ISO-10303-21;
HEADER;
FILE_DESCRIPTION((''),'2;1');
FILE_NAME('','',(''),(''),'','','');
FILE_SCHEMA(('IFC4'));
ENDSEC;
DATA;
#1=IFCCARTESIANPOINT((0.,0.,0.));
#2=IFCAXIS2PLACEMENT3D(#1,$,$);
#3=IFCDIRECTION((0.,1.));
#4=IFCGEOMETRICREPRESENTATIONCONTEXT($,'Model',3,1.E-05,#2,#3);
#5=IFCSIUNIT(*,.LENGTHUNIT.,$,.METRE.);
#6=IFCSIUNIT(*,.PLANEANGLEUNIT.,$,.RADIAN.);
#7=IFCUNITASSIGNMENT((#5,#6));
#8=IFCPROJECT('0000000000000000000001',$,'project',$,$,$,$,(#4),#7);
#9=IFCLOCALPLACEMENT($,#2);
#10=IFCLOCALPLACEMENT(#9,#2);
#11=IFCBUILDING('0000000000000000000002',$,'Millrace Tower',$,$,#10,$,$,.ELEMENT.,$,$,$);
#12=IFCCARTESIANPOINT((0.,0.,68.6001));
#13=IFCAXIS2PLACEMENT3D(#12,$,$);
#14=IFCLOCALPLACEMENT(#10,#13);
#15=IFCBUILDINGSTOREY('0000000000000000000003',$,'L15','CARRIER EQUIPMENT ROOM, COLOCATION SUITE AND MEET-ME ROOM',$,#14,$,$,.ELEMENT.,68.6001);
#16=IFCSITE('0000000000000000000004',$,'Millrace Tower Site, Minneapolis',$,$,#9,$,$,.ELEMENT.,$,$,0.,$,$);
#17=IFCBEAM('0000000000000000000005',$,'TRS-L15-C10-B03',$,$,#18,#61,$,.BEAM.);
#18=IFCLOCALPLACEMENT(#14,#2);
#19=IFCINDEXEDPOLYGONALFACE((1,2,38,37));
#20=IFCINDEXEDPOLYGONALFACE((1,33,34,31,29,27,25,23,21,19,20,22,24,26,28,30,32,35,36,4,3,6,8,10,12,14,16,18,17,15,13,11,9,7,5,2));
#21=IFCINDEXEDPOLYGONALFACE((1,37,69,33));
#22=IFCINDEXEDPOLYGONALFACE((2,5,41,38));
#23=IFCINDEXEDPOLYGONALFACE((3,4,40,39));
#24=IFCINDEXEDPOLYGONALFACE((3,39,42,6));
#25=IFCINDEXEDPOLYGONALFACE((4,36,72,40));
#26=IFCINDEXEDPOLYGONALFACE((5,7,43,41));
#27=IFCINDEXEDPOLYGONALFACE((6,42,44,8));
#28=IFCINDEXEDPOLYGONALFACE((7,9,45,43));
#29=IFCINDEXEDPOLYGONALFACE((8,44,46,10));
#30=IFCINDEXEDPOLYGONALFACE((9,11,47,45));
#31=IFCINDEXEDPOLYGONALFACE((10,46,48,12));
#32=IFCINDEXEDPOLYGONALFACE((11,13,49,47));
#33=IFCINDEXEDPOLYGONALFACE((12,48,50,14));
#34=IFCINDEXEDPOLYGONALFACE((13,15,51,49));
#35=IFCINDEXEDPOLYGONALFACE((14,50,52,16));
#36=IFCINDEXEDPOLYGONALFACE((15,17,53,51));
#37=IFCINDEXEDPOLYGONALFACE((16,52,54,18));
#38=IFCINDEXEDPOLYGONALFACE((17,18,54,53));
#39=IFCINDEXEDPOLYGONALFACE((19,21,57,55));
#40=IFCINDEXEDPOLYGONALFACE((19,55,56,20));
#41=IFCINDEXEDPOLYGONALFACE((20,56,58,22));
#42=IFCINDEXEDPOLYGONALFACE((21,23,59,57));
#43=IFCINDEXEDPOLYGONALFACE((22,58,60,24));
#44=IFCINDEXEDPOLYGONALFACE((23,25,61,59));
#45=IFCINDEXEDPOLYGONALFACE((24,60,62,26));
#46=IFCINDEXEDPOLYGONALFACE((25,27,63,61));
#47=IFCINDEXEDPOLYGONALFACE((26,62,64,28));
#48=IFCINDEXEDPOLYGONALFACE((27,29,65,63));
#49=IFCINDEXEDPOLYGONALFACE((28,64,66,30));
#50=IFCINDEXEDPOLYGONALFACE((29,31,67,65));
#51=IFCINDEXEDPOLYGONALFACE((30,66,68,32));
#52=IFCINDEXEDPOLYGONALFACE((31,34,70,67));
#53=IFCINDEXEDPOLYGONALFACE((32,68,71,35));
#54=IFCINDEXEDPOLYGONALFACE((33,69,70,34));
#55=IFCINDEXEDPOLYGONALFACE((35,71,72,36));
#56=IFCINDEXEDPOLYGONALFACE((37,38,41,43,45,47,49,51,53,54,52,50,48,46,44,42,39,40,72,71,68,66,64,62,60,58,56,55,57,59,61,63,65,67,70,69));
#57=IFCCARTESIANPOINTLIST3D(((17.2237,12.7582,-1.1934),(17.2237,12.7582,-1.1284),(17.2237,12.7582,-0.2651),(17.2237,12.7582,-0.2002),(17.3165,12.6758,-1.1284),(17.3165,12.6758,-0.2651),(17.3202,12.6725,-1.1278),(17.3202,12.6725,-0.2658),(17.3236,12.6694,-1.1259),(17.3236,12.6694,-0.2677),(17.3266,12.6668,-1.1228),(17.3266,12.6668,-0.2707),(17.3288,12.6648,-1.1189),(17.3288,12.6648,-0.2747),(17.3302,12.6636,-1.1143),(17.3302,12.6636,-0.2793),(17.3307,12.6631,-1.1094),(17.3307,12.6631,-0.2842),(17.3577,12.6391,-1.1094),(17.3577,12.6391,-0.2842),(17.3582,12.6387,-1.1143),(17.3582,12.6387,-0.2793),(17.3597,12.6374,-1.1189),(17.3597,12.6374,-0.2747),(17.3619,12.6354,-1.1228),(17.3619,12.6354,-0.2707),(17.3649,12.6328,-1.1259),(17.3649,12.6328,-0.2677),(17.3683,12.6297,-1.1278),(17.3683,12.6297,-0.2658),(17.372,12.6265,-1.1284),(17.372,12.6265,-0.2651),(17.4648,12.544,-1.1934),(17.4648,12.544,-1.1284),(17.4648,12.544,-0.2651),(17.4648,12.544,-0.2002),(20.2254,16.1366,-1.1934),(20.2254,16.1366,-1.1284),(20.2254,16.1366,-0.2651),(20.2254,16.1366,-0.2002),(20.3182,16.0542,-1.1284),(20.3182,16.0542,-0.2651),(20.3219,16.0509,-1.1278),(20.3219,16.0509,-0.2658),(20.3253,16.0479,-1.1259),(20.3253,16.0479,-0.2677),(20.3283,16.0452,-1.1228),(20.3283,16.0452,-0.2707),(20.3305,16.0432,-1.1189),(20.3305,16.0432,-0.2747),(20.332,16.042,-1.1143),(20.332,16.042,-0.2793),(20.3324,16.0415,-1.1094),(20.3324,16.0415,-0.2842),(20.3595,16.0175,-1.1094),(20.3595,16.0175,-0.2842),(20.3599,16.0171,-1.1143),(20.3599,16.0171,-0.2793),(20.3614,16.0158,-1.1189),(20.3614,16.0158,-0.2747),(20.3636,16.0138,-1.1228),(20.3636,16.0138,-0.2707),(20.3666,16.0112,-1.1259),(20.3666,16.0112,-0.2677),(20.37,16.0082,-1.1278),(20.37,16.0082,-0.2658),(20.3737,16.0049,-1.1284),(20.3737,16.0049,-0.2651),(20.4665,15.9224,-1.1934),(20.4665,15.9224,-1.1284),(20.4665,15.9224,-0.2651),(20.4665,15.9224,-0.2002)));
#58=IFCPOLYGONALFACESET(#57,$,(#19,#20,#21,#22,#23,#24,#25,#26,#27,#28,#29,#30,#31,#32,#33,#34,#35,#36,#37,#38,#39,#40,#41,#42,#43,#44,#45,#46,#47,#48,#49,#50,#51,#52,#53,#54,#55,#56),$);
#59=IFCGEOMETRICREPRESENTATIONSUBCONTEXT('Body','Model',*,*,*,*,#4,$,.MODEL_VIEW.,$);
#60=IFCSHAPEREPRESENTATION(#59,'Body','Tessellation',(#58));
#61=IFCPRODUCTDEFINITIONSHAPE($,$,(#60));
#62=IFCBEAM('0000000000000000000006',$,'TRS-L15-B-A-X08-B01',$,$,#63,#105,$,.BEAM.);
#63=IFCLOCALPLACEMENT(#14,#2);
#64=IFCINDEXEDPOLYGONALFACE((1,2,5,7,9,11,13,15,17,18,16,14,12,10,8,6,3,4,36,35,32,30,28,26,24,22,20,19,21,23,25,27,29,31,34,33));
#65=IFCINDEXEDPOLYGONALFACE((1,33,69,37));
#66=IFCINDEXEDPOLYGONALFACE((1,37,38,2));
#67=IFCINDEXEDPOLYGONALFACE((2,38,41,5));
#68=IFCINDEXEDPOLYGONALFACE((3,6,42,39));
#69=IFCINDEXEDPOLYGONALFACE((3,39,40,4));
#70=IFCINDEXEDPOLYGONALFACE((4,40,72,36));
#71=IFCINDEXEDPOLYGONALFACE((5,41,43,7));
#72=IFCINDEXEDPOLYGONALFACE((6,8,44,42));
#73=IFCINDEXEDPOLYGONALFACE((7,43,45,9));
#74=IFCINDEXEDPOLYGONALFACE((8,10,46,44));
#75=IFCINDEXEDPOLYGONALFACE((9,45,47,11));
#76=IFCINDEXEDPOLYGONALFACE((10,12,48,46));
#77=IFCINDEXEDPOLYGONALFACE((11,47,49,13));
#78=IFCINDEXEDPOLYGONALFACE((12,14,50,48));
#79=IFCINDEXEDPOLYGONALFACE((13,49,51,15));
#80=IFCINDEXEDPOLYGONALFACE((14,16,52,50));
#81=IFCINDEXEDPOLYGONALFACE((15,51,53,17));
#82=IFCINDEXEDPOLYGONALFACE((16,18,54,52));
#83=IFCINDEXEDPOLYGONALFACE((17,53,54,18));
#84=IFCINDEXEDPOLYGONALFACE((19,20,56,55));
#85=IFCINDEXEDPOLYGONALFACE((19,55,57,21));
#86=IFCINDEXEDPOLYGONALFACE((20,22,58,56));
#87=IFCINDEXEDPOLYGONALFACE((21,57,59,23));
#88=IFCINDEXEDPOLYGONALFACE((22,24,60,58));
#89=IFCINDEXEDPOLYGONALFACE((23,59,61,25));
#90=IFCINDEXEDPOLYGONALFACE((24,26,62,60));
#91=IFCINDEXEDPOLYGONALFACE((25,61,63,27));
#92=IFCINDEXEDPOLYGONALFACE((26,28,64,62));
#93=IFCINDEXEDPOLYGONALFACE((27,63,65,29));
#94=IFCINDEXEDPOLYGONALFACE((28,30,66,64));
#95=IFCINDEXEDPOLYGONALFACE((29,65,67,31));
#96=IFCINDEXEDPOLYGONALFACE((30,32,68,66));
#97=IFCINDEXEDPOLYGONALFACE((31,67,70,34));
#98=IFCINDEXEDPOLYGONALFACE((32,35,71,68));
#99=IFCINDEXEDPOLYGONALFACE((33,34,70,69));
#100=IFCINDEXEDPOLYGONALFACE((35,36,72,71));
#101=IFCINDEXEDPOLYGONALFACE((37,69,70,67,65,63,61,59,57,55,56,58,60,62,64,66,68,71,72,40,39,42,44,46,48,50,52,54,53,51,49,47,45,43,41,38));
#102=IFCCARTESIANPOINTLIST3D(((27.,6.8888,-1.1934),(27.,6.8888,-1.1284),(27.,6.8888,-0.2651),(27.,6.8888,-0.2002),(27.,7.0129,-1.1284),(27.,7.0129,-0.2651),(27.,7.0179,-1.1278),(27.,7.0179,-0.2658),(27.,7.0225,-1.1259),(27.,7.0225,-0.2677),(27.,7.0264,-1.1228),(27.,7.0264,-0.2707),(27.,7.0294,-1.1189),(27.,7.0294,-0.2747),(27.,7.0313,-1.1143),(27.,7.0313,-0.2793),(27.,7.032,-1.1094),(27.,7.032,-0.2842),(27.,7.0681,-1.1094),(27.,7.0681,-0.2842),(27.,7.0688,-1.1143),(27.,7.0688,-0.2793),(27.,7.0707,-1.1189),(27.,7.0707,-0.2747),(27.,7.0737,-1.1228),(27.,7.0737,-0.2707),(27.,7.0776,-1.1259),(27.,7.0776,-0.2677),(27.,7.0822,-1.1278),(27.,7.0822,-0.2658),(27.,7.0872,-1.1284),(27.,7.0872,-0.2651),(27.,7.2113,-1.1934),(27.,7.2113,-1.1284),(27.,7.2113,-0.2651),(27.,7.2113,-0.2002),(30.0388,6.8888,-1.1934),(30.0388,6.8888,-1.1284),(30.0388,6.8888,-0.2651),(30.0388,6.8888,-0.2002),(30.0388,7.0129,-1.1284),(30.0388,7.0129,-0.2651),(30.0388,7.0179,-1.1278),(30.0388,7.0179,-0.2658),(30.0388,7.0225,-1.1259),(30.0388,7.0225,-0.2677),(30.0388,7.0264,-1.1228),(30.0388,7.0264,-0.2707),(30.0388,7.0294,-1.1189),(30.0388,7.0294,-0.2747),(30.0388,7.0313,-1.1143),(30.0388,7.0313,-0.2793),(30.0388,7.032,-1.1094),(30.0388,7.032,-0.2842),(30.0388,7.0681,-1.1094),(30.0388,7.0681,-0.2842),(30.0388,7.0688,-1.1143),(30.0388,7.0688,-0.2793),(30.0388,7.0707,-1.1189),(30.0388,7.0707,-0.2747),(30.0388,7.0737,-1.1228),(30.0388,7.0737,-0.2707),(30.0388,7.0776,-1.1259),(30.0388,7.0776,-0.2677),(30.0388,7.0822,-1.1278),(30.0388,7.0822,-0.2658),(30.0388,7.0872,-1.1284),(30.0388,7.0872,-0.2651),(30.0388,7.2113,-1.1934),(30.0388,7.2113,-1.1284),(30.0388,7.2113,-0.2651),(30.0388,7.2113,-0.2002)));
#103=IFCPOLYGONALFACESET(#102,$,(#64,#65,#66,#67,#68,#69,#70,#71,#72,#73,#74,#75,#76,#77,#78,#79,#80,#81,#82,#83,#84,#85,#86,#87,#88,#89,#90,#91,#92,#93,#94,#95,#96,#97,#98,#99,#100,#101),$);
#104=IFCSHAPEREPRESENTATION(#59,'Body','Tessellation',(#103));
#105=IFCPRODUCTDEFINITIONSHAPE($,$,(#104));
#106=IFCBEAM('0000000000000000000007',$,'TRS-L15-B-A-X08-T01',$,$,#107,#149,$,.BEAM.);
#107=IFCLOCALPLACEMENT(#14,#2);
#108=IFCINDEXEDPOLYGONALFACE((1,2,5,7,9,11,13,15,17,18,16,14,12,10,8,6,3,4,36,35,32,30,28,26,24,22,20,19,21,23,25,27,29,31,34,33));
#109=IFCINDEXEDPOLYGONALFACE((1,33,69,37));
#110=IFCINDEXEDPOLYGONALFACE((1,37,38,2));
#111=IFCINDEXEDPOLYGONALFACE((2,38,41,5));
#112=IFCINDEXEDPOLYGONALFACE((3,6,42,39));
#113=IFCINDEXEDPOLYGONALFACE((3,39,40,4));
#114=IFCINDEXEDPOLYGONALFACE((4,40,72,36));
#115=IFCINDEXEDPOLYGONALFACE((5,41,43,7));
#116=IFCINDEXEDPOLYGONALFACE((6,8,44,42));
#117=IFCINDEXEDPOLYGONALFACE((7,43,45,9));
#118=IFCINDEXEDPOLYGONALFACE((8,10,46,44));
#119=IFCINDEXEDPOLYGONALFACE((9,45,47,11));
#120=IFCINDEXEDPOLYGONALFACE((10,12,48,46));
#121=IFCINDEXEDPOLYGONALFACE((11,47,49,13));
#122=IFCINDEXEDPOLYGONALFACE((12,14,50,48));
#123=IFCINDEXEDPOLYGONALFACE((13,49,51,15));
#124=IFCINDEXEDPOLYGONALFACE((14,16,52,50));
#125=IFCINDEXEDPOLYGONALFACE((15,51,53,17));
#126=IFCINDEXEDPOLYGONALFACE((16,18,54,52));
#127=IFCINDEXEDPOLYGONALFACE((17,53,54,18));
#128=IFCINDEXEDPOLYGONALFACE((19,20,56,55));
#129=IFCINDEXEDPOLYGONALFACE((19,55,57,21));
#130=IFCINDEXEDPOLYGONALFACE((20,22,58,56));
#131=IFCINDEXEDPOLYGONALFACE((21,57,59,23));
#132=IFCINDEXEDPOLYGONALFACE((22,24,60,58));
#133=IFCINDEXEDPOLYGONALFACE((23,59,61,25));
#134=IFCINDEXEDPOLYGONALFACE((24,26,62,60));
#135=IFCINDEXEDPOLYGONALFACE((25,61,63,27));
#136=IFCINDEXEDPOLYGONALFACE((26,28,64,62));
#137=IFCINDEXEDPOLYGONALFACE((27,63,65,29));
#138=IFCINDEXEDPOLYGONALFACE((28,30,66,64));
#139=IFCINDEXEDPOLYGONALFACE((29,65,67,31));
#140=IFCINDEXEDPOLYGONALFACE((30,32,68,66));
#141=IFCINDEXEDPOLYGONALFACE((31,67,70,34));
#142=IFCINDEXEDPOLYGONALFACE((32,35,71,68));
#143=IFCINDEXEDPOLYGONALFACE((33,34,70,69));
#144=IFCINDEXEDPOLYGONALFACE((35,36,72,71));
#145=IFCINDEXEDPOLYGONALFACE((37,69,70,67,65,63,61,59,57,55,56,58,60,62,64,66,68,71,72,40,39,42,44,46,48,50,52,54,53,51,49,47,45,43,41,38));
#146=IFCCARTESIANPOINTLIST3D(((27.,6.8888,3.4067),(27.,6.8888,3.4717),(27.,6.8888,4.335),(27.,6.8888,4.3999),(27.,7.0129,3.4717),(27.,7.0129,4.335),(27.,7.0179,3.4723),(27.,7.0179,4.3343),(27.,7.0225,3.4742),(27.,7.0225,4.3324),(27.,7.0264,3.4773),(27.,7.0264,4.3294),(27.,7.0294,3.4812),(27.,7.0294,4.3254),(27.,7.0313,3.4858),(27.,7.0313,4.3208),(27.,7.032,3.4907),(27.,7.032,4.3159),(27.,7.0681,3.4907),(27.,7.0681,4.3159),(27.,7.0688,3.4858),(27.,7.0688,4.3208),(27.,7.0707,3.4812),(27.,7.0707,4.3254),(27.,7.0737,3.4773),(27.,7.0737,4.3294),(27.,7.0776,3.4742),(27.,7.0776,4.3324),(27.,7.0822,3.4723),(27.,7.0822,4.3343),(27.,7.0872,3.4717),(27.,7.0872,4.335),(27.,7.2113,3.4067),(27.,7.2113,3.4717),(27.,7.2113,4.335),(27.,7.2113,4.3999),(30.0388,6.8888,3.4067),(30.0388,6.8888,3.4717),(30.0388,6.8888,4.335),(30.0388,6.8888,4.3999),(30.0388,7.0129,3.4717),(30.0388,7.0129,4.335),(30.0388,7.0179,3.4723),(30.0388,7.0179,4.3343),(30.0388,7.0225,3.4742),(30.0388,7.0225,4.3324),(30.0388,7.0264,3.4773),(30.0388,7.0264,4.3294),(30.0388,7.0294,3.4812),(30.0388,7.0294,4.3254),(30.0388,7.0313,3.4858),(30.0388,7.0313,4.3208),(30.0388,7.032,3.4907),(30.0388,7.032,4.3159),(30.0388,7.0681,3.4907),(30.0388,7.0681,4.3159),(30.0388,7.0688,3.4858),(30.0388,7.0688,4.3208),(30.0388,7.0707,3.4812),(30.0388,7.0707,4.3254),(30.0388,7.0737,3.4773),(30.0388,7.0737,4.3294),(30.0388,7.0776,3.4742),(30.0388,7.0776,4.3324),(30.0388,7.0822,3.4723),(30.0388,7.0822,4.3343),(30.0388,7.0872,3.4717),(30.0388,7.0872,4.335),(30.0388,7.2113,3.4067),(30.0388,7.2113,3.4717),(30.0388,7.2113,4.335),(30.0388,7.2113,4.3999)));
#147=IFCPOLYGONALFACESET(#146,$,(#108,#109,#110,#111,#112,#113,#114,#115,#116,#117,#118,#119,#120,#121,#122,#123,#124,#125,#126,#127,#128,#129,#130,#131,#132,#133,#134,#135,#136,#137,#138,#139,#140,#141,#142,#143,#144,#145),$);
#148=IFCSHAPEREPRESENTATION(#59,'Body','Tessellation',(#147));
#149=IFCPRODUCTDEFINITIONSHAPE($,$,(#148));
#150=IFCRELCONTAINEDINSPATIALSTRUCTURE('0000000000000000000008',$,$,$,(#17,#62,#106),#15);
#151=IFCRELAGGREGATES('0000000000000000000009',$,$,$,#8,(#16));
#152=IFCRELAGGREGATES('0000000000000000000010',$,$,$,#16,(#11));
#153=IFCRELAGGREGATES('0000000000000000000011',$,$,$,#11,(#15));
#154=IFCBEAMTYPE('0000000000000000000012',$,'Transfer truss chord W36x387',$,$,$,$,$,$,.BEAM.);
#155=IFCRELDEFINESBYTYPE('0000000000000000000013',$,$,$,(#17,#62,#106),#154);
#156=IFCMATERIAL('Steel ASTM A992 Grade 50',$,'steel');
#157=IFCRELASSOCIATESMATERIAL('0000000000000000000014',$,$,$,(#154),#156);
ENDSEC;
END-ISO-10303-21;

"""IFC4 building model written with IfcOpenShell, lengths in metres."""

from ifc_helpers import new_model, si_unit, direction, frame, origin, origin_2d, place, context, subcontext, project, spatial, i_section, extrude, material, material_profile, profile_set, type_object, element, save


model = new_model("IFC4")

# Units and contexts
model_context = context("Model", 3, precision=1e-05, world=origin(), true_north=direction((0.0, 1.0)))
body_context = subcontext(model_context, "Body", "Model", "MODEL_VIEW")
ifc_project = project(units=[si_unit("LENGTHUNIT", "METRE"), si_unit("PLANEANGLEUNIT", "RADIAN")], contexts=[model_context])

# Site, building, storey
site_placement = place(None, origin())
site = spatial("IfcSite", under=ifc_project, at=site_placement, Name="Millrace Tower Site, Minneapolis", CompositionType="ELEMENT", RefElevation=0.0)
building_placement = place(site_placement, origin())
building = spatial("IfcBuilding", under=site, at=building_placement, Name="Millrace Tower", CompositionType="ELEMENT")
storey_placement = place(building_placement, frame((0.0, 0.0, 68.6001)))
storey = spatial("IfcBuildingStorey", under=building, at=storey_placement, Name="L15", Description="CARRIER EQUIPMENT ROOM, COLOCATION SUITE AND MEET-ME ROOM", CompositionType="ELEMENT", Elevation=68.6001)

# Beams
ifc_material_1 = material(Name="Steel ASTM A992 Grade 50", Category="steel")
ifc_material_profile_1 = material_profile(ifc_material_1, i_section(OverallWidth=0.3225, OverallDepth=0.9932, WebThickness=0.0361, FlangeThickness=0.0649, FilletRadius=0.019, at=origin_2d()))
ifc_profile_set_1 = profile_set([ifc_material_profile_1], Name="Steel ASTM A992 Grade 50")
beam_type_1 = type_object("IfcBeamType", Name="Transfer truss chord W36x387", PredefinedType="BEAM", material=ifc_profile_set_1)
beam_1_placement = place(storey_placement, frame((20.3459, 16.0295, -0.6968), z_axis=(-0.6642, -0.747555, 0.0), x_axis=(0.747555, -0.6642, 0.0)))
element("IfcBeam", 1, at=beam_1_placement, inside=storey, type_object=beam_type_1, Name="TRS-L15-C10-B03", PredefinedType="BEAM", context=body_context, shape_type="SweptSolid", body=[
    extrude(i_section(OverallWidth=0.3225, OverallDepth=0.9932, WebThickness=0.0361, FlangeThickness=0.0649, FilletRadius=0.019, at=origin_2d()), origin(), (0.0, 0.0, 1.0), 4.5193),
])
for number, where, z_axis, x_axis, name in (
    (2, (27.0, 7.05, -0.6968), (1.0, 0.0, 0.0), (0.0, 1.0, 0.0), "TRS-L15-B-A-X08-B01"),
    (3, (27.0, 7.05, 3.9033), (1.0, 0.0, 0.0), (0.0, 1.0, 0.0), "TRS-L15-B-A-X08-T01"),
):
    element("IfcBeam", number, at=place(storey_placement, frame(where, z_axis=z_axis, x_axis=x_axis)), inside=storey, type_object=beam_type_1, Name=name, PredefinedType="BEAM", context=body_context, shape_type="SweptSolid", body=[
        extrude(i_section(OverallWidth=0.3225, OverallDepth=0.9932, WebThickness=0.0361, FlangeThickness=0.0649, FilletRadius=0.019, at=origin_2d()), origin(), (0.0, 0.0, 1.0), 3.0388),
    ])

save(model, "model.ifc")
